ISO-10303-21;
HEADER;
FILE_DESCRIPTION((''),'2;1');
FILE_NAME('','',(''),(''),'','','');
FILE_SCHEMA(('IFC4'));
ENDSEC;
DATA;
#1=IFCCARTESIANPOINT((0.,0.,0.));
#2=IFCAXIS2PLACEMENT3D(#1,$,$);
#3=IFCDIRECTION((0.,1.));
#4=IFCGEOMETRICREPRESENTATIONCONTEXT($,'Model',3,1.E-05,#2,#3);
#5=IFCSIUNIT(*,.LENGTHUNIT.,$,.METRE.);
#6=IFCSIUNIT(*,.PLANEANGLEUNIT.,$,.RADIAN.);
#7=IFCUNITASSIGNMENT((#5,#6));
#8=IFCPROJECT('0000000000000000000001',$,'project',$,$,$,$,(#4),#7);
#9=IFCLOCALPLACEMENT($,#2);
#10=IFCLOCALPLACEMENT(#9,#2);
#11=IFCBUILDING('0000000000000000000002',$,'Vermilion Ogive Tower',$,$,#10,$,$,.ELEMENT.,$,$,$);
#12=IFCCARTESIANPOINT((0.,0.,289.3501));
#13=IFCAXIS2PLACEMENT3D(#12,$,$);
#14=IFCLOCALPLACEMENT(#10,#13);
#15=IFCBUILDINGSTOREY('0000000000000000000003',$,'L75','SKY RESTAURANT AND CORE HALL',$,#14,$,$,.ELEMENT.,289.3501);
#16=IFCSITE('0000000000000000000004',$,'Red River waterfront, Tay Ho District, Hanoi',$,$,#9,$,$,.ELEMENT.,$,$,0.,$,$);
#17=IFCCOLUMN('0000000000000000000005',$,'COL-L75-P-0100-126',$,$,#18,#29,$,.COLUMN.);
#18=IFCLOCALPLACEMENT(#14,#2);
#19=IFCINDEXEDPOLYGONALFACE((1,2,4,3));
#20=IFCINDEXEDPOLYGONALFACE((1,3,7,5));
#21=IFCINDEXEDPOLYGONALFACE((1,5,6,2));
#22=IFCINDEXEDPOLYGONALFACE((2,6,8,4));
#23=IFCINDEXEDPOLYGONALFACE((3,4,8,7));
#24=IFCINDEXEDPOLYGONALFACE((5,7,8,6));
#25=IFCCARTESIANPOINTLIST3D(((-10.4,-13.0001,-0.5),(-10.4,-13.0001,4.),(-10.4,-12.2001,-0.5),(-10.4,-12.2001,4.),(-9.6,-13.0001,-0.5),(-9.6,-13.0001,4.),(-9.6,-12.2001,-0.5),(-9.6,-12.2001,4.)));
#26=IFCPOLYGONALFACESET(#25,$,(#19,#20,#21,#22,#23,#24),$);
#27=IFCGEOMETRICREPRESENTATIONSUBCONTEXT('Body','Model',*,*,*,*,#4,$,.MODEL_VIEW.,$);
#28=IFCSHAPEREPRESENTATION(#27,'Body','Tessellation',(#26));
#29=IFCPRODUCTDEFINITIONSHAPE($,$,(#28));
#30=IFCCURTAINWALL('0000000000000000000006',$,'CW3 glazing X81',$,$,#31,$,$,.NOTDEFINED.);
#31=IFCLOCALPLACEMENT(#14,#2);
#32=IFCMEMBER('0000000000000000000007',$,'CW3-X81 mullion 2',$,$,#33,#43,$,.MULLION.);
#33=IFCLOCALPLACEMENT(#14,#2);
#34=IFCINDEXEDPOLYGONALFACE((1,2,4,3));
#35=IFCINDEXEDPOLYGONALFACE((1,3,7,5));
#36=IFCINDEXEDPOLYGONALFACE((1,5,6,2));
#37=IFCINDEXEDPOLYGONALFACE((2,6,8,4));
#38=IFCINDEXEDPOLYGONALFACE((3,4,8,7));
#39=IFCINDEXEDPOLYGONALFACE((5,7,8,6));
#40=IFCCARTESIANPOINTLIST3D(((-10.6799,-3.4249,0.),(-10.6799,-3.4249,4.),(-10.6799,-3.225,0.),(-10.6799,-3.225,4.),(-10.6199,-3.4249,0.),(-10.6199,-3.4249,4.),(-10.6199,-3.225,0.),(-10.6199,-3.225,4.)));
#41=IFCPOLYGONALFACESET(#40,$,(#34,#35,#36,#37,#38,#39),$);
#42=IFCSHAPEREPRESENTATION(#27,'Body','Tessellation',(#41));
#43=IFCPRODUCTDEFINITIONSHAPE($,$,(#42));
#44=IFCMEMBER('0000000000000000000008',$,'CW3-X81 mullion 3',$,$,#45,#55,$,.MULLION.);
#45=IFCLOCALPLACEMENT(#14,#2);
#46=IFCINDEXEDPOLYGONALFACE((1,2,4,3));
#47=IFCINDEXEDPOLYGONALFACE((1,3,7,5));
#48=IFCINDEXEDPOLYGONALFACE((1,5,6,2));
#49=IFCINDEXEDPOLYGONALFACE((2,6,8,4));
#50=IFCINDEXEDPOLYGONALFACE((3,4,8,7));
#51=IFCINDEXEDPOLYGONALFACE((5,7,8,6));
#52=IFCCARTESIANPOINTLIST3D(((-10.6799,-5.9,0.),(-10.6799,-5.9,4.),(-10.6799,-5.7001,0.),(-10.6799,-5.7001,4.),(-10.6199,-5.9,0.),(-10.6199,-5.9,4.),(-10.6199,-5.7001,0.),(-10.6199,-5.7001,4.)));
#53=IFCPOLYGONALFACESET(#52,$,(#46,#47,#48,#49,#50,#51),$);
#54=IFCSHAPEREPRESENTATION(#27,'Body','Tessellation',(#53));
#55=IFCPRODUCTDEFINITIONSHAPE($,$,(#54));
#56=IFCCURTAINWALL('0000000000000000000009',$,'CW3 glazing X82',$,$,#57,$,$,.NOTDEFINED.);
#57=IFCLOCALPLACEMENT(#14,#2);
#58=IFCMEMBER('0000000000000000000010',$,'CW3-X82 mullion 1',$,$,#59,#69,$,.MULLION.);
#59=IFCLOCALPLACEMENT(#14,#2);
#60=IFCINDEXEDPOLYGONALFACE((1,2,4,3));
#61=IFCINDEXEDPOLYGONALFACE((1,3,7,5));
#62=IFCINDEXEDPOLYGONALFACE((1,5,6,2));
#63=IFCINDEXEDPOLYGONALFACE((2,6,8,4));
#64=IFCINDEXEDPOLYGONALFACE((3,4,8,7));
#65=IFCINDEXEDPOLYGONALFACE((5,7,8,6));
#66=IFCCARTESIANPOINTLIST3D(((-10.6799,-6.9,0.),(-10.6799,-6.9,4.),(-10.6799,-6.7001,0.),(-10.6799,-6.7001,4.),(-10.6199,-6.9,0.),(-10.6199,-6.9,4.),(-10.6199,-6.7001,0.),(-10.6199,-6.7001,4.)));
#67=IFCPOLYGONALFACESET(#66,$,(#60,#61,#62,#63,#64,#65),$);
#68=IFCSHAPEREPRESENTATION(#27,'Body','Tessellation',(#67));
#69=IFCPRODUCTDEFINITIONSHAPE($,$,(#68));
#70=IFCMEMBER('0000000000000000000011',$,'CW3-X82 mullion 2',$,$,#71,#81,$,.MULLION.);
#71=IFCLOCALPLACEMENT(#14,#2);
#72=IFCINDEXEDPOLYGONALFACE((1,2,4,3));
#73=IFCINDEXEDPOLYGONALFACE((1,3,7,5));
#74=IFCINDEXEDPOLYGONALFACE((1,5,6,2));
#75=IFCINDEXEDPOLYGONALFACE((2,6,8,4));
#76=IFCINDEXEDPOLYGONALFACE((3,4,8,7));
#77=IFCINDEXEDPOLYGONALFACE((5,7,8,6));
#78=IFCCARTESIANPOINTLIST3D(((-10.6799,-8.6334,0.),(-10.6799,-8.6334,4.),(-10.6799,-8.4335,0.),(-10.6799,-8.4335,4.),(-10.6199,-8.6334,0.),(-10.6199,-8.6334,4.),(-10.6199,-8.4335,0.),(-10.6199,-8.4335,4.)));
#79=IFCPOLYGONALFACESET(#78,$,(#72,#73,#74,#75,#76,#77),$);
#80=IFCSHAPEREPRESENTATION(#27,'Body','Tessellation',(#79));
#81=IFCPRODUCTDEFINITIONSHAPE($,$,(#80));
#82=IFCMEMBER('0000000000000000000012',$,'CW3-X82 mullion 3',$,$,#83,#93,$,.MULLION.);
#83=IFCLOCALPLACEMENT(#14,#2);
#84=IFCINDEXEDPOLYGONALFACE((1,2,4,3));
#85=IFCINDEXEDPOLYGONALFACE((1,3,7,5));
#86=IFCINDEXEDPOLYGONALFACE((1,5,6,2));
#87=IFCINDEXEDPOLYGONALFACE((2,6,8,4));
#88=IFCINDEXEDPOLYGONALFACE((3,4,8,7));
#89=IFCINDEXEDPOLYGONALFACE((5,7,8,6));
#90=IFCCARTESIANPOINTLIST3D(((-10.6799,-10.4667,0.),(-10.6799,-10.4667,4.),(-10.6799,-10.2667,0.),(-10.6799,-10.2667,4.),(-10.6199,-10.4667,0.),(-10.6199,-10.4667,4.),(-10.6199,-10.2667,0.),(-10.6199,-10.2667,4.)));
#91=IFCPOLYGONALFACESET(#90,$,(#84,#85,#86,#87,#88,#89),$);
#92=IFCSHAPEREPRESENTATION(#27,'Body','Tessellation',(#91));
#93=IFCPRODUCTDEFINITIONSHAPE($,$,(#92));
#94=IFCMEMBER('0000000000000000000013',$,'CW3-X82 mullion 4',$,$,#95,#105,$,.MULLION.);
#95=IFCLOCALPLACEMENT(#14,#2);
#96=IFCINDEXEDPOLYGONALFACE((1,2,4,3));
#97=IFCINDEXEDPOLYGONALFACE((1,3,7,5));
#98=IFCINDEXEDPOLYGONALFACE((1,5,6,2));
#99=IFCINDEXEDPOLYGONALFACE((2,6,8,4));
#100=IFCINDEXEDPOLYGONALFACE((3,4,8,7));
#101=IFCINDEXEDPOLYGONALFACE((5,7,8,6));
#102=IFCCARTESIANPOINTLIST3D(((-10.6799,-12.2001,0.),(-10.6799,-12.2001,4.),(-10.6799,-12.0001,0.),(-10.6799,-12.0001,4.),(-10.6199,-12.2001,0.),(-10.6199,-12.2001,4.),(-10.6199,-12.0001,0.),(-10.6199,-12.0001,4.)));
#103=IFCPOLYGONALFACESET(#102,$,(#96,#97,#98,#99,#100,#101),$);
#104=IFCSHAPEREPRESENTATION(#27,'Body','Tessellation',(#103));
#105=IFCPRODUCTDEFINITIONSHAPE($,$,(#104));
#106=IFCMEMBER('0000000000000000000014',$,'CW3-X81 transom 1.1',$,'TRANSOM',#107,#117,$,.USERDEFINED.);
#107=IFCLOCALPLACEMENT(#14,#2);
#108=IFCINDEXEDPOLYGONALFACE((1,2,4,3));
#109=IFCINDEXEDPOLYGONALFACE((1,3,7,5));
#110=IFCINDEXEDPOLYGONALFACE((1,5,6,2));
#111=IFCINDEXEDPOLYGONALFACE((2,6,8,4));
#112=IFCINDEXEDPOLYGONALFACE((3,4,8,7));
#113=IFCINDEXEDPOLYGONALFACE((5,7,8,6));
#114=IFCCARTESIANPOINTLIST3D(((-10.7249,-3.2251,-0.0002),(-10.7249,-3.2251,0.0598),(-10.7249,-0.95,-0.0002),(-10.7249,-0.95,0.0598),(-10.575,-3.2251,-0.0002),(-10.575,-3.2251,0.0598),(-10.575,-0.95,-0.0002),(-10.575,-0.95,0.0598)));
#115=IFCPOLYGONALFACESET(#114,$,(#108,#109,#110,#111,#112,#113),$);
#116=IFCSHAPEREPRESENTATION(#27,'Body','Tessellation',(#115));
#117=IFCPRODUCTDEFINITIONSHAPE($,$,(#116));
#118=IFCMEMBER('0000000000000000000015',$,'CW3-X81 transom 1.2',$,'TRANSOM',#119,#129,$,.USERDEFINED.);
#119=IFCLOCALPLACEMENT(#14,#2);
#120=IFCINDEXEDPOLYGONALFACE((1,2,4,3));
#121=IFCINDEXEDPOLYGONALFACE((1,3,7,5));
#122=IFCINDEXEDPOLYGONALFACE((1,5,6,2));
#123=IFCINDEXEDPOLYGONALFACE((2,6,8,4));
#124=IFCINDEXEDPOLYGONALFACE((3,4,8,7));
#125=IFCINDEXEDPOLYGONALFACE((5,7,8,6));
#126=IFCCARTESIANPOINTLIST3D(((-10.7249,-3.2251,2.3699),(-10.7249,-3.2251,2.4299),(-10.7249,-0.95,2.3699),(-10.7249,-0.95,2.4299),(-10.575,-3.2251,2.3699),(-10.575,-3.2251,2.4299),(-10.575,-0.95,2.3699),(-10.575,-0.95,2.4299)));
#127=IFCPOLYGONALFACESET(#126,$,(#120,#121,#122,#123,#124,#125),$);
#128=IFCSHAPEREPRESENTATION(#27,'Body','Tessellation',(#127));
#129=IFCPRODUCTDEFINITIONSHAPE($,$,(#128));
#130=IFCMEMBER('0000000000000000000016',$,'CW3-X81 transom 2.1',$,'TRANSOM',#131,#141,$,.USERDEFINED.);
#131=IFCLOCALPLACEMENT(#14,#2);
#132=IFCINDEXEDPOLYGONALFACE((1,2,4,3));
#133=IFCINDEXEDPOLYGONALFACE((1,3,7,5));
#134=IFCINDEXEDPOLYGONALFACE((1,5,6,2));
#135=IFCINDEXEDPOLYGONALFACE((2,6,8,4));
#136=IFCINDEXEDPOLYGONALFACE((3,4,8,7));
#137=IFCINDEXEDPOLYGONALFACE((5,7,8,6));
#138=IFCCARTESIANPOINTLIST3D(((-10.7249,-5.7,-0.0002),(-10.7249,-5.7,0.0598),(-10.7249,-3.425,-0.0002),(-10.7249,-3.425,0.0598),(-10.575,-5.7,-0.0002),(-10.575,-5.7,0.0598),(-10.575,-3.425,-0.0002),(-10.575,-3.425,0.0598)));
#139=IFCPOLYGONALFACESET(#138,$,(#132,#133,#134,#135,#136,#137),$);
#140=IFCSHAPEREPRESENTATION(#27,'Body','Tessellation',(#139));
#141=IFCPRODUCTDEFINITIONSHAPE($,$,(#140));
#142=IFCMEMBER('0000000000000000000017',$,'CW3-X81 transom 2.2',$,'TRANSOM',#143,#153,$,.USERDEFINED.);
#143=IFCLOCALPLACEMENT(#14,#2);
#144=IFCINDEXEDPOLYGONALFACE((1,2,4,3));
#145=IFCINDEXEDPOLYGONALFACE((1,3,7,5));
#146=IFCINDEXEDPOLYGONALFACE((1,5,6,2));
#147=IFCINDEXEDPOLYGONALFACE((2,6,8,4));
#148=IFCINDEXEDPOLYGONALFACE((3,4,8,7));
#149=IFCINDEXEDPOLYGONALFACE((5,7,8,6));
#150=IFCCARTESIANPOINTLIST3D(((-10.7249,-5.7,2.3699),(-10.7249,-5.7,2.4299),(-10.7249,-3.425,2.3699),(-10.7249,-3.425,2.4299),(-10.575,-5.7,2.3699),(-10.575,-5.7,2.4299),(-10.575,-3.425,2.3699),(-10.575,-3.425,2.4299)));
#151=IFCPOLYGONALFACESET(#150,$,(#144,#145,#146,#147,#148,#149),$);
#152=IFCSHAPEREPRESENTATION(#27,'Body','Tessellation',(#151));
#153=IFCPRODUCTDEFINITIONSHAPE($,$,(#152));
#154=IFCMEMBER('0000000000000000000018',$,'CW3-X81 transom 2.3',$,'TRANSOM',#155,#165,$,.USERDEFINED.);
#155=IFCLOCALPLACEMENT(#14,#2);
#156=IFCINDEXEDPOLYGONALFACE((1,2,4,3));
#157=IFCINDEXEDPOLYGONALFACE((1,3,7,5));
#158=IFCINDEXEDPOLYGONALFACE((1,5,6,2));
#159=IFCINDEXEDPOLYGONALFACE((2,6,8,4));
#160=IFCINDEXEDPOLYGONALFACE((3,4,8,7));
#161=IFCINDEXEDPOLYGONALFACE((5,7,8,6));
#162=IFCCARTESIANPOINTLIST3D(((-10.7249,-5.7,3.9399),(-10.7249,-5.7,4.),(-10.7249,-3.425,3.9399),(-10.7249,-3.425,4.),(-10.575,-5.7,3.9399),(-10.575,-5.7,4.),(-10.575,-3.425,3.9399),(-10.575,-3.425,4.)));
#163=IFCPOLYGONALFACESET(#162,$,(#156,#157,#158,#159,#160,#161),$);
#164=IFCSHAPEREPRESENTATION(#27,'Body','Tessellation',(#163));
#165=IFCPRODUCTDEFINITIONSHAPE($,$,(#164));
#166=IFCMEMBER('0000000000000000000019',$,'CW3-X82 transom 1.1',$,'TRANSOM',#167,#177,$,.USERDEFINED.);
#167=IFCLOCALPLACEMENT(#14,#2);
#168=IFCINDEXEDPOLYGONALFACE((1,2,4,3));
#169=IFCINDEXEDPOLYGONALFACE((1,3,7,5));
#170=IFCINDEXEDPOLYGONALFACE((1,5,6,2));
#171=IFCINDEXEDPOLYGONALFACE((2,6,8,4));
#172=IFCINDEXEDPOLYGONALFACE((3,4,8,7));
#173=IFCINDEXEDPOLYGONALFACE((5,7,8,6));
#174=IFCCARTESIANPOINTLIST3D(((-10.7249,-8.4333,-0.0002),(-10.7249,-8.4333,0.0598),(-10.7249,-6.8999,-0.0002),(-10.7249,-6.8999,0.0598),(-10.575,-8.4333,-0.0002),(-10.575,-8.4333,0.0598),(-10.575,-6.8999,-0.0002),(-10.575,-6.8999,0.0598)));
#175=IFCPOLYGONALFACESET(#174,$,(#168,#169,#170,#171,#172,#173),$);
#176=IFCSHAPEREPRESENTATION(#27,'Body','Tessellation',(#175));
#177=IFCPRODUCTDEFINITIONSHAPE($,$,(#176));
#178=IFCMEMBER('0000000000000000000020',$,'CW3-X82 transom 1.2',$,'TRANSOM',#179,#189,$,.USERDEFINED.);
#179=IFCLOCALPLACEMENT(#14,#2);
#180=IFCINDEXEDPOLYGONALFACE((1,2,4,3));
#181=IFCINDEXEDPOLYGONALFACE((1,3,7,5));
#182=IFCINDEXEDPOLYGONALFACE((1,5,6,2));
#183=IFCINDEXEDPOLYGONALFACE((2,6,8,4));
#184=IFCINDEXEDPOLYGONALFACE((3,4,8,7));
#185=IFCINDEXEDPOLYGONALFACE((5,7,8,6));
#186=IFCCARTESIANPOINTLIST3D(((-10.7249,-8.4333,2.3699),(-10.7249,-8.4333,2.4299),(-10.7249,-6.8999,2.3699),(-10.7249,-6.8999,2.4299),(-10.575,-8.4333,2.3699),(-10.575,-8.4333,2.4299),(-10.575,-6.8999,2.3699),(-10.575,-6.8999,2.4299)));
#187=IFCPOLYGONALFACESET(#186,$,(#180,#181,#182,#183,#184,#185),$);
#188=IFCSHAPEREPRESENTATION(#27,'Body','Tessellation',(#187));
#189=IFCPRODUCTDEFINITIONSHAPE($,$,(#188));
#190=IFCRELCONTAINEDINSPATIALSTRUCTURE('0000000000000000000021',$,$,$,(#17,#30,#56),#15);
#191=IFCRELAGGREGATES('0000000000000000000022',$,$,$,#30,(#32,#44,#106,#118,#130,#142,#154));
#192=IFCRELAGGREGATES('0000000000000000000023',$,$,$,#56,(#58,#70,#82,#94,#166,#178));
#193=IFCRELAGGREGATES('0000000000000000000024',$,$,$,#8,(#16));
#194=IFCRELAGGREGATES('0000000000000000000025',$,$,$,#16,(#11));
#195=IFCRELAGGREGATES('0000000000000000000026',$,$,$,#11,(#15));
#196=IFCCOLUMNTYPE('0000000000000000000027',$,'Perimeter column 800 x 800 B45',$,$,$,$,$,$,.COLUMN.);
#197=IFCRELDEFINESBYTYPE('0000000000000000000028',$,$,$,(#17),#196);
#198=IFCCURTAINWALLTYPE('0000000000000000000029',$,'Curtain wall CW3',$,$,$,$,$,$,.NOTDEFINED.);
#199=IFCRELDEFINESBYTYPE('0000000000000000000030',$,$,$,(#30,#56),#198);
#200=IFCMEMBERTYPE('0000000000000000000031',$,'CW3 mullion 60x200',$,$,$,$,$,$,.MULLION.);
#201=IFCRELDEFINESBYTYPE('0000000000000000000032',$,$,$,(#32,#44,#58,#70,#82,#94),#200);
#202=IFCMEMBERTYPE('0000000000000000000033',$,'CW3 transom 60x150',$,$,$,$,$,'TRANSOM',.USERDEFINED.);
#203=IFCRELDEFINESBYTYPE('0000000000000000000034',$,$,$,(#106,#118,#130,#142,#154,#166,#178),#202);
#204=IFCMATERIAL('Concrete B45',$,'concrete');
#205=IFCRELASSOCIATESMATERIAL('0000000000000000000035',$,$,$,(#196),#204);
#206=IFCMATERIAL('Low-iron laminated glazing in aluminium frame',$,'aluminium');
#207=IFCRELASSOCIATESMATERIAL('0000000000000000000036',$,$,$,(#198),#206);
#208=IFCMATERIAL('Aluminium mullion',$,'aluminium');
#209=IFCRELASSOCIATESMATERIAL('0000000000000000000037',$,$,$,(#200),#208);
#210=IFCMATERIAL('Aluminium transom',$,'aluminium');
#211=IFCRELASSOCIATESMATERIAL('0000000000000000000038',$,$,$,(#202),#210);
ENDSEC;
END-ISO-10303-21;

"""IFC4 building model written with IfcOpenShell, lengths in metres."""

from ifc_helpers import new_model, si_unit, direction, frame, origin, origin_2d, place, context, subcontext, project, spatial, rectangle, extrude, material, material_profile, profile_set, type_object, element, aggregate, save


model = new_model("IFC4")

# Units and contexts
model_context = context("Model", 3, precision=1e-05, world=origin(), true_north=direction((0.0, 1.0)))
body_context = subcontext(model_context, "Body", "Model", "MODEL_VIEW")
ifc_project = project(units=[si_unit("LENGTHUNIT", "METRE"), si_unit("PLANEANGLEUNIT", "RADIAN")], contexts=[model_context])

# Site, building, storey
site_placement = place(None, origin())
site = spatial("IfcSite", under=ifc_project, at=site_placement, Name="Red River waterfront, Tay Ho District, Hanoi", CompositionType="ELEMENT", RefElevation=0.0)
building_placement = place(site_placement, origin())
building = spatial("IfcBuilding", under=site, at=building_placement, Name="Vermilion Ogive Tower", CompositionType="ELEMENT")
storey_placement = place(building_placement, frame((0.0, 0.0, 289.3501)))
storey = spatial("IfcBuildingStorey", under=building, at=storey_placement, Name="L75", Description="SKY RESTAURANT AND CORE HALL", CompositionType="ELEMENT", Elevation=289.3501)

# Column
ifc_material_1 = material(Name="Concrete B45", Category="concrete")
ifc_material_profile_1 = material_profile(ifc_material_1, rectangle(XDim=0.8, YDim=0.8, at=origin_2d()), Name="800 x 800")
ifc_profile_set_1 = profile_set([ifc_material_profile_1], Name="Concrete B45")
column_type = type_object("IfcColumnType", Name="Perimeter column 800 x 800 B45", PredefinedType="COLUMN", material=ifc_profile_set_1)
column_placement = place(storey_placement, frame((-10.0, -12.6001, -0.5), z_axis=(0.0, 0.0, 1.0), x_axis=(1.0, 0.0, 0.0)))
element("IfcColumn", 1, at=column_placement, inside=storey, type_object=column_type, Name="COL-L75-P-0100-126", PredefinedType="COLUMN", context=body_context, shape_type="SweptSolid", body=[
    extrude(rectangle(XDim=0.8, YDim=0.8, at=origin_2d()), origin(), (0.0, 0.0, 1.0), 4.5),
])

# Curtain walls, members
ifc_material_2 = material(Name="Low-iron laminated glazing in aluminium frame", Category="aluminium")
curtain_wall_type = type_object("IfcCurtainWallType", Name="Curtain wall CW3", PredefinedType="NOTDEFINED", material=ifc_material_2)
curtain_wall_1_placement = place(storey_placement, origin())
curtain_wall_1 = element("IfcCurtainWall", 2, at=curtain_wall_1_placement, inside=storey, type_object=curtain_wall_type, Name="CW3 glazing X81", PredefinedType="NOTDEFINED")
ifc_material_3 = material(Name="Aluminium mullion", Category="aluminium")
ifc_material_profile_2 = material_profile(ifc_material_3, rectangle(XDim=0.0601, YDim=0.2, at=origin_2d()), Name="AL 60x200")
ifc_profile_set_2 = profile_set([ifc_material_profile_2], Name="Aluminium mullion")
member_type_1 = type_object("IfcMemberType", Name="CW3 mullion 60x200", PredefinedType="MULLION", material=ifc_profile_set_2)
member_1_placement = place(storey_placement, frame((-10.6499, -3.325, 0.0), z_axis=(0.0, 0.0, 1.0), x_axis=(1.0, 0.0, 0.0)))
member_1 = element("IfcMember", 3, at=member_1_placement, type_object=member_type_1, Name="CW3-X81 mullion 2", PredefinedType="MULLION", context=body_context, shape_type="SweptSolid", body=[
    extrude(rectangle(XDim=0.0601, YDim=0.2, at=origin_2d()), origin(), (0.0, 0.0, 1.0), 4.0),
])
member_2_placement = place(storey_placement, frame((-10.6499, -5.8, 0.0), z_axis=(0.0, 0.0, 1.0), x_axis=(1.0, 0.0, 0.0)))
member_2 = element("IfcMember", 4, at=member_2_placement, type_object=member_type_1, Name="CW3-X81 mullion 3", PredefinedType="MULLION", context=body_context, shape_type="SweptSolid", body=[
    extrude(rectangle(XDim=0.0601, YDim=0.2, at=origin_2d()), origin(), (0.0, 0.0, 1.0), 4.0),
])
curtain_wall_2_placement = place(storey_placement, origin())
curtain_wall_2 = element("IfcCurtainWall", 5, at=curtain_wall_2_placement, inside=storey, type_object=curtain_wall_type, Name="CW3 glazing X82", PredefinedType="NOTDEFINED")
member_3_placement = place(storey_placement, frame((-10.6499, -6.8, 0.0), z_axis=(0.0, 0.0, 1.0), x_axis=(1.0, 0.0, 0.0)))
member_3 = element("IfcMember", 6, at=member_3_placement, type_object=member_type_1, Name="CW3-X82 mullion 1", PredefinedType="MULLION", context=body_context, shape_type="SweptSolid", body=[
    extrude(rectangle(XDim=0.0601, YDim=0.2, at=origin_2d()), origin(), (0.0, 0.0, 1.0), 4.0),
])
member_4_placement = place(storey_placement, frame((-10.6499, -8.5334, 0.0), z_axis=(0.0, 0.0, 1.0), x_axis=(1.0, 0.0, 0.0)))
member_4 = element("IfcMember", 7, at=member_4_placement, type_object=member_type_1, Name="CW3-X82 mullion 2", PredefinedType="MULLION", context=body_context, shape_type="SweptSolid", body=[
    extrude(rectangle(XDim=0.0601, YDim=0.2, at=origin_2d()), origin(), (0.0, 0.0, 1.0), 4.0),
])
member_5_placement = place(storey_placement, frame((-10.6499, -10.3667, 0.0), z_axis=(0.0, 0.0, 1.0), x_axis=(1.0, 0.0, 0.0)))
member_5 = element("IfcMember", 8, at=member_5_placement, type_object=member_type_1, Name="CW3-X82 mullion 3", PredefinedType="MULLION", context=body_context, shape_type="SweptSolid", body=[
    extrude(rectangle(XDim=0.0601, YDim=0.2, at=origin_2d()), origin(), (0.0, 0.0, 1.0), 4.0),
])
member_6_placement = place(storey_placement, frame((-10.6499, -12.1001, 0.0), z_axis=(0.0, 0.0, 1.0), x_axis=(1.0, 0.0, 0.0)))
member_6 = element("IfcMember", 9, at=member_6_placement, type_object=member_type_1, Name="CW3-X82 mullion 4", PredefinedType="MULLION", context=body_context, shape_type="SweptSolid", body=[
    extrude(rectangle(XDim=0.0601, YDim=0.2, at=origin_2d()), origin(), (0.0, 0.0, 1.0), 4.0),
])

# Members
ifc_material_4 = material(Name="Aluminium transom", Category="aluminium")
ifc_material_profile_3 = material_profile(ifc_material_4, rectangle(XDim=0.1499, YDim=0.0601, at=origin_2d()), Name="AL 60x150")
ifc_profile_set_3 = profile_set([ifc_material_profile_3], Name="Aluminium transom")
member_type_2 = type_object("IfcMemberType", Name="CW3 transom 60x150", ElementType="TRANSOM", PredefinedType="USERDEFINED", material=ifc_profile_set_3)
member_7_placement = place(storey_placement, frame((-10.6499, -0.95, 0.0298), z_axis=(0.0, -1.0, 0.0), x_axis=(1.0, 0.0, 0.0)))
member_7 = element("IfcMember", 10, at=member_7_placement, type_object=member_type_2, Name="CW3-X81 transom 1.1", ObjectType="TRANSOM", PredefinedType="USERDEFINED", context=body_context, shape_type="SweptSolid", body=[
    extrude(rectangle(XDim=0.1499, YDim=0.0601, at=origin_2d()), origin(), (0.0, 0.0, 1.0), 2.2751),
])
member_8_placement = place(storey_placement, frame((-10.6499, -0.95, 2.3999), z_axis=(0.0, -1.0, 0.0), x_axis=(1.0, 0.0, 0.0)))
member_8 = element("IfcMember", 11, at=member_8_placement, type_object=member_type_2, Name="CW3-X81 transom 1.2", ObjectType="TRANSOM", PredefinedType="USERDEFINED", context=body_context, shape_type="SweptSolid", body=[
    extrude(rectangle(XDim=0.1499, YDim=0.0601, at=origin_2d()), origin(), (0.0, 0.0, 1.0), 2.2751),
])
member_9_placement = place(storey_placement, frame((-10.6499, -3.425, 0.0298), z_axis=(0.0, -1.0, 0.0), x_axis=(1.0, 0.0, 0.0)))
member_9 = element("IfcMember", 12, at=member_9_placement, type_object=member_type_2, Name="CW3-X81 transom 2.1", ObjectType="TRANSOM", PredefinedType="USERDEFINED", context=body_context, shape_type="SweptSolid", body=[
    extrude(rectangle(XDim=0.1499, YDim=0.0601, at=origin_2d()), origin(), (0.0, 0.0, 1.0), 2.2749),
])
member_10_placement = place(storey_placement, frame((-10.6499, -3.425, 2.3999), z_axis=(0.0, -1.0, 0.0), x_axis=(1.0, 0.0, 0.0)))
member_10 = element("IfcMember", 13, at=member_10_placement, type_object=member_type_2, Name="CW3-X81 transom 2.2", ObjectType="TRANSOM", PredefinedType="USERDEFINED", context=body_context, shape_type="SweptSolid", body=[
    extrude(rectangle(XDim=0.1499, YDim=0.0601, at=origin_2d()), origin(), (0.0, 0.0, 1.0), 2.2749),
])
member_11_placement = place(storey_placement, frame((-10.6499, -3.425, 3.97), z_axis=(0.0, -1.0, 0.0), x_axis=(1.0, 0.0, 0.0)))
member_11 = element("IfcMember", 14, at=member_11_placement, type_object=member_type_2, Name="CW3-X81 transom 2.3", ObjectType="TRANSOM", PredefinedType="USERDEFINED", context=body_context, shape_type="SweptSolid", body=[
    extrude(rectangle(XDim=0.1499, YDim=0.0601, at=origin_2d()), origin(), (0.0, 0.0, 1.0), 2.2749),
])
member_12_placement = place(storey_placement, frame((-10.6499, -6.8999, 0.0298), z_axis=(0.0, -1.0, 0.0), x_axis=(1.0, 0.0, 0.0)))
member_12 = element("IfcMember", 15, at=member_12_placement, type_object=member_type_2, Name="CW3-X82 transom 1.1", ObjectType="TRANSOM", PredefinedType="USERDEFINED", context=body_context, shape_type="SweptSolid", body=[
    extrude(rectangle(XDim=0.1499, YDim=0.0601, at=origin_2d()), origin(), (0.0, 0.0, 1.0), 1.5334),
])
member_13_placement = place(storey_placement, frame((-10.6499, -6.8999, 2.3999), z_axis=(0.0, -1.0, 0.0), x_axis=(1.0, 0.0, 0.0)))
member_13 = element("IfcMember", 16, at=member_13_placement, type_object=member_type_2, Name="CW3-X82 transom 1.2", ObjectType="TRANSOM", PredefinedType="USERDEFINED", context=body_context, shape_type="SweptSolid", body=[
    extrude(rectangle(XDim=0.1499, YDim=0.0601, at=origin_2d()), origin(), (0.0, 0.0, 1.0), 1.5334),
])

aggregate(curtain_wall_1, [member_1, member_2, member_7, member_8, member_9, member_10, member_11])
aggregate(curtain_wall_2, [member_3, member_4, member_5, member_6, member_12, member_13])

save(model, "model.ifc")
